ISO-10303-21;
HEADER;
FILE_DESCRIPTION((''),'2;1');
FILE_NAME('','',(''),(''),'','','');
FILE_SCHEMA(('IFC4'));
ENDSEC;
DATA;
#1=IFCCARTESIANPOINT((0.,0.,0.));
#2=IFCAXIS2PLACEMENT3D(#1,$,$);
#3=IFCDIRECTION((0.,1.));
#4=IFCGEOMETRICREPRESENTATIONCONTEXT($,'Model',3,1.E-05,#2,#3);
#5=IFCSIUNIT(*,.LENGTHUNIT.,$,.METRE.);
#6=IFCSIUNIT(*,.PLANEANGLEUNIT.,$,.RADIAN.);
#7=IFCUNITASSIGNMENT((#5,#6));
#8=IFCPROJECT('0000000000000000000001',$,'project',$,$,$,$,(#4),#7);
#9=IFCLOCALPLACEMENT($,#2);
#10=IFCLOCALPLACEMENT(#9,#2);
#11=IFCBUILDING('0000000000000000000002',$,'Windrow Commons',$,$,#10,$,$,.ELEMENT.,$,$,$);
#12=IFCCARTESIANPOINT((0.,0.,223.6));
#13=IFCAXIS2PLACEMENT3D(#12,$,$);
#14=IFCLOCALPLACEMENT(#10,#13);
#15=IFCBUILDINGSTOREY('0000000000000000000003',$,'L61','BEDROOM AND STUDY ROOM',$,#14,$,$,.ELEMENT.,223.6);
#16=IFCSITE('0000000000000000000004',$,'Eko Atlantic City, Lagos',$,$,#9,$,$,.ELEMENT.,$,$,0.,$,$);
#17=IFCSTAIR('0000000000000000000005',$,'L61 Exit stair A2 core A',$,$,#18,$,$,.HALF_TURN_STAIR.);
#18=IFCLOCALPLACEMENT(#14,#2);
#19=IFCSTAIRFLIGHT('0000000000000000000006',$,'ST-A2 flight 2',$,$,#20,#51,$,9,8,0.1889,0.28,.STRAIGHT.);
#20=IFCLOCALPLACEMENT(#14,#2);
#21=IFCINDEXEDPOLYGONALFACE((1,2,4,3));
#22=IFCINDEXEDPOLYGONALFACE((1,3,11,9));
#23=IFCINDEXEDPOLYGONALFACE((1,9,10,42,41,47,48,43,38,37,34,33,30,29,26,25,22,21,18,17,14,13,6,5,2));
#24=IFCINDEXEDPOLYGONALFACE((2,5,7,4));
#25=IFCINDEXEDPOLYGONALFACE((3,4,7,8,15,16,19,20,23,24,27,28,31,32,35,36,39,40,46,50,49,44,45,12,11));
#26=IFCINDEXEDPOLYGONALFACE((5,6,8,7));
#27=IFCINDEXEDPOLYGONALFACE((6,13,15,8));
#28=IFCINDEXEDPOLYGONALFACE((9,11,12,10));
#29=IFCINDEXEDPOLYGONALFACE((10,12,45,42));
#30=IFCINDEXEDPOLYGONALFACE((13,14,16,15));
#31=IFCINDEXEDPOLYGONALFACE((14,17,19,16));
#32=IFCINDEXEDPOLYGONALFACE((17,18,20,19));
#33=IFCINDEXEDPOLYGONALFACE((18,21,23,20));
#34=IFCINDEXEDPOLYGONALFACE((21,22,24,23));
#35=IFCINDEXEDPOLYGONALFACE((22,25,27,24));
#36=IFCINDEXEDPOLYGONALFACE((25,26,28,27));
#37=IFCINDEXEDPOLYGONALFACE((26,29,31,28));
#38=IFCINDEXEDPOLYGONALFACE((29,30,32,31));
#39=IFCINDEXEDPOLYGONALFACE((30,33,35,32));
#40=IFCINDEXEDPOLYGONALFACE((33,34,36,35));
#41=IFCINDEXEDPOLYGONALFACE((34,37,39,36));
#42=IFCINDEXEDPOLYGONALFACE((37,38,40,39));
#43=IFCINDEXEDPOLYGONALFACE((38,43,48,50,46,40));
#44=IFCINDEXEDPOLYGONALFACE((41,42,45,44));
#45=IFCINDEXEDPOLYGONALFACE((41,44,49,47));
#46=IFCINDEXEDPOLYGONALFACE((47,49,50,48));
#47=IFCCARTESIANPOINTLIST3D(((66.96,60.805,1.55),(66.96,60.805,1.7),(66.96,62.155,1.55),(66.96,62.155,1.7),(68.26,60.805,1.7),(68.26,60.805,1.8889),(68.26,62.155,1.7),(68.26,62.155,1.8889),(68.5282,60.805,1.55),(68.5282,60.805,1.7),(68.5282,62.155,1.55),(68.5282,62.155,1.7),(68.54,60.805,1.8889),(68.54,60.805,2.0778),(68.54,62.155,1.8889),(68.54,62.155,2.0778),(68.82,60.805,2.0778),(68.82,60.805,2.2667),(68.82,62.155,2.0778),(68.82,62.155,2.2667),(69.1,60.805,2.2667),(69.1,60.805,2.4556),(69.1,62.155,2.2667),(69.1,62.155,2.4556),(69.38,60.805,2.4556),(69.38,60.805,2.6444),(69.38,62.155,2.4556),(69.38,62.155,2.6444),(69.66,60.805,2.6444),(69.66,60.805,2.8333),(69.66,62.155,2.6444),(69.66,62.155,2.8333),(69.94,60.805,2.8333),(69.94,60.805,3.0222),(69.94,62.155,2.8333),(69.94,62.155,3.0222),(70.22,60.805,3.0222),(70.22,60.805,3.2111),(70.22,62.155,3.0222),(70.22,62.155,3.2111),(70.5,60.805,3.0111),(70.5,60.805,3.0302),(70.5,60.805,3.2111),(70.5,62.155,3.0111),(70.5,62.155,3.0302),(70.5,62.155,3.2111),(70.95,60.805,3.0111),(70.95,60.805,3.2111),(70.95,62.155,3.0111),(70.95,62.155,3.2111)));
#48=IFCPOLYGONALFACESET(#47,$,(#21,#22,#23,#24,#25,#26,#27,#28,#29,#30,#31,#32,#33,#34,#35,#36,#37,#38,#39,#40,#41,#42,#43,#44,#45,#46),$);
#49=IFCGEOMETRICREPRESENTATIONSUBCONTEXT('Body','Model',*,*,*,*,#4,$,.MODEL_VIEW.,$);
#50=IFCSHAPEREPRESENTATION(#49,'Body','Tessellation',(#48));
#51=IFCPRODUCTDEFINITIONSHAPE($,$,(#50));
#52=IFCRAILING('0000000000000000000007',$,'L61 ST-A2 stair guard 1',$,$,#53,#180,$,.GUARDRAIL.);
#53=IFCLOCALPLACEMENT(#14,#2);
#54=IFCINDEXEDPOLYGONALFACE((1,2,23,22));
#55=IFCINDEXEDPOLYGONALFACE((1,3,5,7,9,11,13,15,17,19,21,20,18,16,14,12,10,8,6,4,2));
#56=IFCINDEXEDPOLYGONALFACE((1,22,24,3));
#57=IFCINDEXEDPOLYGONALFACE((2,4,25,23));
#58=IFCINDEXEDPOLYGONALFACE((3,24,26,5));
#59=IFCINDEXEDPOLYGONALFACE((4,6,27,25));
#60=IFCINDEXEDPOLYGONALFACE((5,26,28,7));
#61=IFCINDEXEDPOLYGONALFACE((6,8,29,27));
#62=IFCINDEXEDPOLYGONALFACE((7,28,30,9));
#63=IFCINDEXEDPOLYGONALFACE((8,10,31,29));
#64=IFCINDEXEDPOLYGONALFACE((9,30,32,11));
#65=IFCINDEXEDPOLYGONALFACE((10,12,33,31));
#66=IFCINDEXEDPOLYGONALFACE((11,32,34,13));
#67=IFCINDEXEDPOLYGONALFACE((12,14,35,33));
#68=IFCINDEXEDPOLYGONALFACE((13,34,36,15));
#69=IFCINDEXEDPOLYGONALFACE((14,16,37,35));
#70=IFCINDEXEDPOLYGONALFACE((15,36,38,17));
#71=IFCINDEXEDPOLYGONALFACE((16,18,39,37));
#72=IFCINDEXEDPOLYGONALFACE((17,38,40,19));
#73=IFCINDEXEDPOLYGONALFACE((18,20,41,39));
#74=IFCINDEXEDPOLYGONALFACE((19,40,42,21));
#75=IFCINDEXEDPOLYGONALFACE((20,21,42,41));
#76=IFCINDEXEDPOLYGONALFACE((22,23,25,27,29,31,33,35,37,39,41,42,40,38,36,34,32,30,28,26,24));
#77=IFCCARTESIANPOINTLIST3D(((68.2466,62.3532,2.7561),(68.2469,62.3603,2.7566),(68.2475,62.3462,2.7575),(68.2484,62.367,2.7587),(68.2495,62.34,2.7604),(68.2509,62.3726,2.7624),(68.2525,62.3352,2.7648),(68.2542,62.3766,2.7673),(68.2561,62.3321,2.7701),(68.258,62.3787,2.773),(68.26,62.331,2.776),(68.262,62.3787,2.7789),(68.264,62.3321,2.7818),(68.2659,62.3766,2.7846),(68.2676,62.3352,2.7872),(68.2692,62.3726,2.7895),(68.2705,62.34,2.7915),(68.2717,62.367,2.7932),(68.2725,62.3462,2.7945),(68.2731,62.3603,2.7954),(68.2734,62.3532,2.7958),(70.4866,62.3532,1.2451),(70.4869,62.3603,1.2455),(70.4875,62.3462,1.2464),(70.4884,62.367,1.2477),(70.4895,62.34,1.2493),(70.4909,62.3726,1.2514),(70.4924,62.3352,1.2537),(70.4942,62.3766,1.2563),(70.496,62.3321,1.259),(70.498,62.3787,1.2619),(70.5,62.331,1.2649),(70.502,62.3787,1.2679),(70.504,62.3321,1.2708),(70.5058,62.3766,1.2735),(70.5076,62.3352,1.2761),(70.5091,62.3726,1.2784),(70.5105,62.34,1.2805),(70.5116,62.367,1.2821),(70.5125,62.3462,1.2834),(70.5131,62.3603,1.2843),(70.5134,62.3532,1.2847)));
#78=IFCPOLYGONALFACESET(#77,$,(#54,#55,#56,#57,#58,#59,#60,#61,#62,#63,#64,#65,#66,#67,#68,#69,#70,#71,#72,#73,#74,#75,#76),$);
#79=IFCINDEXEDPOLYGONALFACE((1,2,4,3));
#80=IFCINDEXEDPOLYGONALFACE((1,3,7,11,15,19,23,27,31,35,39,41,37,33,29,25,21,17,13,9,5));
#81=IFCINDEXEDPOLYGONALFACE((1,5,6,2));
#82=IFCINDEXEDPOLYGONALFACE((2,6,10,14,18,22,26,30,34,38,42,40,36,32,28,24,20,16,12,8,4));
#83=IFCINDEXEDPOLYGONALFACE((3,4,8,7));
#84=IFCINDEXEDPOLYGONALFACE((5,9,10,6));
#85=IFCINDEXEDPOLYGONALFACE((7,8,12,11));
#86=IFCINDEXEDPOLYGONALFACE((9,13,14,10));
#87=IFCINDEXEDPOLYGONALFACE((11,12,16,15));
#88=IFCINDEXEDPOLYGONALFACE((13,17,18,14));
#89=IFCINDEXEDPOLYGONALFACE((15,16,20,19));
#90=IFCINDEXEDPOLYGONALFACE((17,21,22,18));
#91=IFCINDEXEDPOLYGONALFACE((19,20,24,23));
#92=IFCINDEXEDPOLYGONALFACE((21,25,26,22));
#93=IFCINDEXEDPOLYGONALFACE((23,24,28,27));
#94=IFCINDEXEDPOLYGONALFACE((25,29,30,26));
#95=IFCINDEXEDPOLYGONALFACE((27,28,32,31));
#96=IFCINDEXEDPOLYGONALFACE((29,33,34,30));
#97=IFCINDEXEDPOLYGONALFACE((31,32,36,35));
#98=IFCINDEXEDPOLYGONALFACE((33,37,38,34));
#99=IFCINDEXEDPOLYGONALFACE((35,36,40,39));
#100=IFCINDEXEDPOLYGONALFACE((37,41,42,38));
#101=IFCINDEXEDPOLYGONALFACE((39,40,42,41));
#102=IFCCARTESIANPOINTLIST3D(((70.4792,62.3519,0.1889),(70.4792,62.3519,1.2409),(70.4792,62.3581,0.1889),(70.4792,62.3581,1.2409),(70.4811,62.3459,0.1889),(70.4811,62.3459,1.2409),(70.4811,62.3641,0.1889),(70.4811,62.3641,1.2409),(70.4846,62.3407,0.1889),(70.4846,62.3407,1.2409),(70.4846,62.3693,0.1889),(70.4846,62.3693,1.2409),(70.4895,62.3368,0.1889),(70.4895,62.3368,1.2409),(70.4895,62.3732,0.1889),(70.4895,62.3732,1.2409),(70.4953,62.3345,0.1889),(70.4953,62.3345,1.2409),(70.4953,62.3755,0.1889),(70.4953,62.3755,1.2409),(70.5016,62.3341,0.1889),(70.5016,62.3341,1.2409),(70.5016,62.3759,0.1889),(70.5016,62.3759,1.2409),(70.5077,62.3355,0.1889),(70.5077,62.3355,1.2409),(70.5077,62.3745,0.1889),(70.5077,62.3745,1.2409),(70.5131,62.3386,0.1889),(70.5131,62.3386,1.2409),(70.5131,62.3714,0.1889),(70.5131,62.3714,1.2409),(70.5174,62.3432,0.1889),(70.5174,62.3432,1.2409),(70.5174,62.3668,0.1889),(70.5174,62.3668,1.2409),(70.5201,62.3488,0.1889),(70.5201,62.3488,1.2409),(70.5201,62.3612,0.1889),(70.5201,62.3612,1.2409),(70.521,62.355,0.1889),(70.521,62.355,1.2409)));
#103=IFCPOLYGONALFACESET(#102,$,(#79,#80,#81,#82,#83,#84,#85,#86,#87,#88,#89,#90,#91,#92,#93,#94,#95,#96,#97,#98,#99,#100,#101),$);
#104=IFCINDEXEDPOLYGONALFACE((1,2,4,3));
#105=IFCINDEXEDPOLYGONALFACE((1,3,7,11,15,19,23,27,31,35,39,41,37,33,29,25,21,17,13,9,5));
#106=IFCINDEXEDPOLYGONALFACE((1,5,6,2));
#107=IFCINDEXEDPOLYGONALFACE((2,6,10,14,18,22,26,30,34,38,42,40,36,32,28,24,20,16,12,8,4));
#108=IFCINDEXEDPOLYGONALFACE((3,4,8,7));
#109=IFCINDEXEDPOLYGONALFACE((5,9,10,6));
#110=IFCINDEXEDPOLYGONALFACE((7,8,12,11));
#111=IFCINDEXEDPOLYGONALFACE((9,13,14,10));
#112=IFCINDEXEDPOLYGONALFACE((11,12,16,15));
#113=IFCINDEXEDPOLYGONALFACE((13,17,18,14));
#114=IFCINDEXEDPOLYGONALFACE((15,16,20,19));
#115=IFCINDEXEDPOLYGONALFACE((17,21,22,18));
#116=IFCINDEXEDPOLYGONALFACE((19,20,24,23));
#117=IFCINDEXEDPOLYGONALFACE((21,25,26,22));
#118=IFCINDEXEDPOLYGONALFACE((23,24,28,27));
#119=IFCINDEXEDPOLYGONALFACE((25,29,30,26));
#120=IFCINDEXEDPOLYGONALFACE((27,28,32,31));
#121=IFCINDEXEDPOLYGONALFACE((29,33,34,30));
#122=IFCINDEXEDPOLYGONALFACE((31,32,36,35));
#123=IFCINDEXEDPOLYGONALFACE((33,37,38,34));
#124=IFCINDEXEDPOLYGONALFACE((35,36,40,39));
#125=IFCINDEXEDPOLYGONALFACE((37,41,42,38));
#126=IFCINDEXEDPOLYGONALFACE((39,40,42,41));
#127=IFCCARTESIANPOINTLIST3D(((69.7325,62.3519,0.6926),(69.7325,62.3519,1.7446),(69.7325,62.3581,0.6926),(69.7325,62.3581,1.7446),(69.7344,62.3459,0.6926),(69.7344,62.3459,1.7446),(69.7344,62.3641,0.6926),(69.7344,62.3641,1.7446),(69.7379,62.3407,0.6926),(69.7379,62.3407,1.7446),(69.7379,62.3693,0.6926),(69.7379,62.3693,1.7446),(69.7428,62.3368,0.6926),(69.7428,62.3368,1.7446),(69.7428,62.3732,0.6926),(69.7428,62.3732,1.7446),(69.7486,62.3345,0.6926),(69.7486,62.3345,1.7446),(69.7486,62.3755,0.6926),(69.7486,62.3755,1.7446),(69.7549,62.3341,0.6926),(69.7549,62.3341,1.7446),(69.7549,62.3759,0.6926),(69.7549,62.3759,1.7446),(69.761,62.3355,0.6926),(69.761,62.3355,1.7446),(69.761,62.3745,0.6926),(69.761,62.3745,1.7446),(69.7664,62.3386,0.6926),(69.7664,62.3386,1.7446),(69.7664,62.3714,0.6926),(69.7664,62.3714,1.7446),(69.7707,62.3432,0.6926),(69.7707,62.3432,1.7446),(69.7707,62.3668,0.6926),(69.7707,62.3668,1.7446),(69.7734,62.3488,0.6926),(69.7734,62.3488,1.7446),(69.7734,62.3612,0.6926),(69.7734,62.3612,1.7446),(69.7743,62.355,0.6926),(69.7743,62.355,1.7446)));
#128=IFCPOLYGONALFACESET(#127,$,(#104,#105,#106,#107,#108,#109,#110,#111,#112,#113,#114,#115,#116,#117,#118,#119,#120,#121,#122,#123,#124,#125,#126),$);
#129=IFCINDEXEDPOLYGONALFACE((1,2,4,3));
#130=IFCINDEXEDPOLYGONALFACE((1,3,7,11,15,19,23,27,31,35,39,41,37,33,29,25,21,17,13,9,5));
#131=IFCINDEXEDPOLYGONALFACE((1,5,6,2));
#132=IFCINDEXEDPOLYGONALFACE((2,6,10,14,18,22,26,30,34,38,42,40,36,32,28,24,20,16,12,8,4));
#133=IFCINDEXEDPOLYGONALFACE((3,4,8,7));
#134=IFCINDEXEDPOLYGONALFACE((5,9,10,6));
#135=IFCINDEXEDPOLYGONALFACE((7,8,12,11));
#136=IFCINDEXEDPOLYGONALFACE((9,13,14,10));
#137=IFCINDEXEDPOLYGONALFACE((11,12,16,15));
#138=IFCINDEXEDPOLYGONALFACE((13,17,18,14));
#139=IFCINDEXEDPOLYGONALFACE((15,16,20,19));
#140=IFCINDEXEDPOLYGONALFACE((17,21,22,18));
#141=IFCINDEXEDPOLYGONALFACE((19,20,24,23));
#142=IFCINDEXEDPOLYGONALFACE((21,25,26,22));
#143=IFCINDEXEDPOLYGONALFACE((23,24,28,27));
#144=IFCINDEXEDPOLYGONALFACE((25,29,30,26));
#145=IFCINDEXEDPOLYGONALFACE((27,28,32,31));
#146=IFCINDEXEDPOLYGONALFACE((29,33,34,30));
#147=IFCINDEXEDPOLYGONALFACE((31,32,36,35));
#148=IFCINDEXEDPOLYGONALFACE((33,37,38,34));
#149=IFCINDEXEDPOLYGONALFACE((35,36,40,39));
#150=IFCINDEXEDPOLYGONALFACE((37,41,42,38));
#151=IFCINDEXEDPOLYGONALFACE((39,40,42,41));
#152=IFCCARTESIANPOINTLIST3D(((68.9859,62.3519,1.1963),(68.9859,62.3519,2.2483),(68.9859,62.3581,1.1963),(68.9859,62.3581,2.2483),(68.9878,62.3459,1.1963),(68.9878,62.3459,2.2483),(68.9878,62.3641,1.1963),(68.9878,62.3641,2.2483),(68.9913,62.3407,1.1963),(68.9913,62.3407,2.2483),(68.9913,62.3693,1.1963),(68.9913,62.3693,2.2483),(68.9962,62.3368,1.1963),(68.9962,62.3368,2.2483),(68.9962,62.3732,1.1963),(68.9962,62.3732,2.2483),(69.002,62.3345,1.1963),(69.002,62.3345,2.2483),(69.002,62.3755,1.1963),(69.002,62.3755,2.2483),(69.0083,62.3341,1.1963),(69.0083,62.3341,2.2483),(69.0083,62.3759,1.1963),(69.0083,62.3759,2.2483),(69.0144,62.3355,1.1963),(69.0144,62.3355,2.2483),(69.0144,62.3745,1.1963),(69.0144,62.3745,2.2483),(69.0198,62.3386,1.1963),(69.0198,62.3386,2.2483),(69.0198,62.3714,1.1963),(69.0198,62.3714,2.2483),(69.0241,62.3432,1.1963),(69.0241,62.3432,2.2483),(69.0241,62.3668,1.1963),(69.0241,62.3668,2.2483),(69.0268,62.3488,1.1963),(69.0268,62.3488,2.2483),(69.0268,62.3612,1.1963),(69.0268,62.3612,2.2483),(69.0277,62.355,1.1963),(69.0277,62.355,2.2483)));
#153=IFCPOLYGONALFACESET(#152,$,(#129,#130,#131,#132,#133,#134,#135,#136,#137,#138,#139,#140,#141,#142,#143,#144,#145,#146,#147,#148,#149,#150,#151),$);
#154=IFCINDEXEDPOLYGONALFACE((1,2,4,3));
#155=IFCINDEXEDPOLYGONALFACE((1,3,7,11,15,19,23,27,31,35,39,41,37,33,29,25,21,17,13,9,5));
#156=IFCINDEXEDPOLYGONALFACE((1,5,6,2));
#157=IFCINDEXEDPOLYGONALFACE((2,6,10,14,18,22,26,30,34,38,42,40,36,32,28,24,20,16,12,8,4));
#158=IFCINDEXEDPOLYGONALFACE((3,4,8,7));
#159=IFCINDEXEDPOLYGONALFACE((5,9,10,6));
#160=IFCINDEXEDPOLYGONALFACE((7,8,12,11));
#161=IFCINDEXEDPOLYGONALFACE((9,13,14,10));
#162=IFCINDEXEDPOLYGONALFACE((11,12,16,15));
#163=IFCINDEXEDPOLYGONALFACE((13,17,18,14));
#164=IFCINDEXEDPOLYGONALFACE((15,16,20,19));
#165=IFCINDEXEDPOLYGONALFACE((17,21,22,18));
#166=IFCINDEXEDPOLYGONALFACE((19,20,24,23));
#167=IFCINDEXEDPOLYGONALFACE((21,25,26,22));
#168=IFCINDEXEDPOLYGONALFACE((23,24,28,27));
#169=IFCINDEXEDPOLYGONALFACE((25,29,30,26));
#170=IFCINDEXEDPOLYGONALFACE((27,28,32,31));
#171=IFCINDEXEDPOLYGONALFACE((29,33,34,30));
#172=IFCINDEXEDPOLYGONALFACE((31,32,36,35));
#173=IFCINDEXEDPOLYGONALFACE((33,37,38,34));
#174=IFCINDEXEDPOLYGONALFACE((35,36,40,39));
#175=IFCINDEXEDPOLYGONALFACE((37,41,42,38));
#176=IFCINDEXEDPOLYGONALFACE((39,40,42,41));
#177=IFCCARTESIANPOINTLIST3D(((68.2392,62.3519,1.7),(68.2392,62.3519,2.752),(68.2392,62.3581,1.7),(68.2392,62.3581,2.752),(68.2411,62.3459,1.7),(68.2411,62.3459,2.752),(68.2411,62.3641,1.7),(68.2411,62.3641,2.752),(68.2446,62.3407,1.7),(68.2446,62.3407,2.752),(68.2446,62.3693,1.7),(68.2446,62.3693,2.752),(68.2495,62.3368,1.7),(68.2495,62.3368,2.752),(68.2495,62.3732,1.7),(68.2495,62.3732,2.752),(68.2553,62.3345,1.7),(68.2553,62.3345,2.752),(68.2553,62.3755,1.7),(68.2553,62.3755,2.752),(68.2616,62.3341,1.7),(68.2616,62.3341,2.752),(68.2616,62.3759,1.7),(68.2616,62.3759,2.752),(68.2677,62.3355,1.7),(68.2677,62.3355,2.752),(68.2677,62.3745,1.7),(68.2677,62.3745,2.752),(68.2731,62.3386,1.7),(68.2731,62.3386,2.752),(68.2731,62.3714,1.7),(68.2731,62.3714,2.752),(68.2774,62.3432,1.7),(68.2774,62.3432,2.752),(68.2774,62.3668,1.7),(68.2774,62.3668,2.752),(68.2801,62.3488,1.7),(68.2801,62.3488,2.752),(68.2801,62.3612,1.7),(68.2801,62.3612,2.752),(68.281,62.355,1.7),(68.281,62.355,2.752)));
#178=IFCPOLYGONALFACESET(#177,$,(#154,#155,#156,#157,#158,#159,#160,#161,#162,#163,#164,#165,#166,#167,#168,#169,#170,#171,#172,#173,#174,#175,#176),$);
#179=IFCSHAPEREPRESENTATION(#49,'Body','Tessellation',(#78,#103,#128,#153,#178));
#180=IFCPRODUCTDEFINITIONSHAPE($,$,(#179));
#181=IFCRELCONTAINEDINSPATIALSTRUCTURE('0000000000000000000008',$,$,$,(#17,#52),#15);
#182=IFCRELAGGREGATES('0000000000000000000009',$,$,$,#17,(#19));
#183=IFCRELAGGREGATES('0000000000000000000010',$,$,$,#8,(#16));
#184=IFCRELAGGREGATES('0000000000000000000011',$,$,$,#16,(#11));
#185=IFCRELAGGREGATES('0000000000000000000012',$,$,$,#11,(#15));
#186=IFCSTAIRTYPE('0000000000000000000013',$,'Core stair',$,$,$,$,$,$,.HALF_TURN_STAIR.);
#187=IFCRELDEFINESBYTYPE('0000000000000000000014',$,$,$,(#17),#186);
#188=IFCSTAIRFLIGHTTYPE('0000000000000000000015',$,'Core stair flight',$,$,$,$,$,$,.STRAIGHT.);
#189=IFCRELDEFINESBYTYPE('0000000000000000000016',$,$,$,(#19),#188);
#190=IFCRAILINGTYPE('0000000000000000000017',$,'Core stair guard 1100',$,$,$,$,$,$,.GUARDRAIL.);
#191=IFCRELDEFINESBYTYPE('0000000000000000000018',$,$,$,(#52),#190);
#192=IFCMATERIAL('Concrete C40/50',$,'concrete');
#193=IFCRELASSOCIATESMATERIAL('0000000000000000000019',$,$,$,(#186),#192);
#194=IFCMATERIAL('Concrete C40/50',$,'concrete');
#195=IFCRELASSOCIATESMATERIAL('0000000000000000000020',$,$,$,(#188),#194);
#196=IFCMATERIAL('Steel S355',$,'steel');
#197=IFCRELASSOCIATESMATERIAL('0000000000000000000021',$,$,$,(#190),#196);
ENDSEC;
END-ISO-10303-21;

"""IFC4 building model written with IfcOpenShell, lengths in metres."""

from ifc_helpers import new_model, si_unit, direction, frame, origin, origin_2d, place, context, subcontext, project, spatial, polyline, circle, outline, extrude, material, type_object, element, aggregate, save


model = new_model("IFC4")

# Units and contexts
model_context = context("Model", 3, precision=1e-05, world=origin(), true_north=direction((0.0, 1.0)))
body_context = subcontext(model_context, "Body", "Model", "MODEL_VIEW")
ifc_project = project(units=[si_unit("LENGTHUNIT", "METRE"), si_unit("PLANEANGLEUNIT", "RADIAN")], contexts=[model_context])

# Site, building, storey
site_placement = place(None, origin())
site = spatial("IfcSite", under=ifc_project, at=site_placement, Name="Eko Atlantic City, Lagos", CompositionType="ELEMENT", RefElevation=0.0)
building_placement = place(site_placement, origin())
building = spatial("IfcBuilding", under=site, at=building_placement, Name="Windrow Commons", CompositionType="ELEMENT")
storey_placement = place(building_placement, frame((0.0, 0.0, 223.6)))
storey = spatial("IfcBuildingStorey", under=building, at=storey_placement, Name="L61", Description="BEDROOM AND STUDY ROOM", CompositionType="ELEMENT", Elevation=223.6)

# Stair, stair flight
ifc_material_1 = material(Name="Concrete C40/50", Category="concrete")
stair_type = type_object("IfcStairType", Name="Core stair", PredefinedType="HALF_TURN_STAIR", material=ifc_material_1)
stair_placement = place(storey_placement, origin())
stair = element("IfcStair", 1, at=stair_placement, inside=storey, type_object=stair_type, Name="L61 Exit stair A2 core A", PredefinedType="HALF_TURN_STAIR")
ifc_material_2 = material(Name="Concrete C40/50", Category="concrete")
stair_flight_type = type_object("IfcStairFlightType", Name="Core stair flight", PredefinedType="STRAIGHT", material=ifc_material_2)
stair_flight_1_placement = place(storey_placement, frame((68.26, 61.48, 1.7), z_axis=(0.0, 0.0, 1.0), x_axis=(1.0, 0.0, 0.0)))
stair_flight_1 = element("IfcStairFlight", 2, at=stair_flight_1_placement, type_object=stair_flight_type, Name="ST-A2 flight 2", NumberOfRisers=9, NumberOfTreads=8, PredefinedType="STRAIGHT", RiserHeight=0.1889, TreadLength=0.28, context=body_context, shape_type="SweptSolid", body=[
    extrude(outline(polyline([(-1.3, -0.15), (-1.3, 0.0), (0.0, 0.0), (0.0, 0.1889), (0.28, 0.1889), (0.28, 0.3778), (0.56, 0.3778), (0.56, 0.5667), (0.84, 0.5667), (0.84, 0.7556), (1.12, 0.7556), (1.12, 0.9444), (1.4, 0.9444), (1.4, 1.1333), (1.68, 1.1333), (1.68, 1.3222), (1.96, 1.3222), (1.96, 1.5111), (2.24, 1.5111), (2.69, 1.5111), (2.69, 1.3111), (2.24, 1.3111), (2.24, 1.3302), (0.2682, 0.0), (0.2682, -0.15), (-1.3, -0.15)])), frame((0.0, 0.675, 0.0), z_axis=(0.0, -1.0, 0.0), x_axis=(1.0, 0.0, 0.0)), (0.0, 0.0, 1.0), 1.35),
])
aggregate(stair, [stair_flight_1])

# Railing
ifc_material_3 = material(Name="Steel S355", Category="steel")
railing_type_1 = type_object("IfcRailingType", Name="Core stair guard 1100", PredefinedType="GUARDRAIL", material=ifc_material_3)
railing_1_placement = place(storey_placement, frame((70.5, 62.355, 0.1889)))
element("IfcRailing", 3, at=railing_1_placement, inside=storey, type_object=railing_type_1, Name="L61 ST-A2 stair guard 1", PredefinedType="GUARDRAIL", context=body_context, shape_type="SweptSolid", body=[
    extrude(circle(Radius=0.024, at=origin_2d()), frame((0.0, 0.0, 1.076), z_axis=(-0.829003, 0.0, 0.559244), x_axis=(0.0, -1.0, 0.0)), (0.0, 0.0, 1.0), 2.702),
    extrude(circle(Radius=0.021, at=origin_2d()), origin(), (0.0, 0.0, 1.0), 1.052),
    extrude(circle(Radius=0.021, at=origin_2d()), frame((-0.7467, 0.0, 0.5037)), (0.0, 0.0, 1.0), 1.052),
    extrude(circle(Radius=0.021, at=origin_2d()), frame((-1.4933, 0.0, 1.0074)), (0.0, 0.0, 1.0), 1.052),
    extrude(circle(Radius=0.021, at=origin_2d()), frame((-2.24, 0.0, 1.5111)), (0.0, 0.0, 1.0), 1.052),
])

save(model, "model.ifc")
